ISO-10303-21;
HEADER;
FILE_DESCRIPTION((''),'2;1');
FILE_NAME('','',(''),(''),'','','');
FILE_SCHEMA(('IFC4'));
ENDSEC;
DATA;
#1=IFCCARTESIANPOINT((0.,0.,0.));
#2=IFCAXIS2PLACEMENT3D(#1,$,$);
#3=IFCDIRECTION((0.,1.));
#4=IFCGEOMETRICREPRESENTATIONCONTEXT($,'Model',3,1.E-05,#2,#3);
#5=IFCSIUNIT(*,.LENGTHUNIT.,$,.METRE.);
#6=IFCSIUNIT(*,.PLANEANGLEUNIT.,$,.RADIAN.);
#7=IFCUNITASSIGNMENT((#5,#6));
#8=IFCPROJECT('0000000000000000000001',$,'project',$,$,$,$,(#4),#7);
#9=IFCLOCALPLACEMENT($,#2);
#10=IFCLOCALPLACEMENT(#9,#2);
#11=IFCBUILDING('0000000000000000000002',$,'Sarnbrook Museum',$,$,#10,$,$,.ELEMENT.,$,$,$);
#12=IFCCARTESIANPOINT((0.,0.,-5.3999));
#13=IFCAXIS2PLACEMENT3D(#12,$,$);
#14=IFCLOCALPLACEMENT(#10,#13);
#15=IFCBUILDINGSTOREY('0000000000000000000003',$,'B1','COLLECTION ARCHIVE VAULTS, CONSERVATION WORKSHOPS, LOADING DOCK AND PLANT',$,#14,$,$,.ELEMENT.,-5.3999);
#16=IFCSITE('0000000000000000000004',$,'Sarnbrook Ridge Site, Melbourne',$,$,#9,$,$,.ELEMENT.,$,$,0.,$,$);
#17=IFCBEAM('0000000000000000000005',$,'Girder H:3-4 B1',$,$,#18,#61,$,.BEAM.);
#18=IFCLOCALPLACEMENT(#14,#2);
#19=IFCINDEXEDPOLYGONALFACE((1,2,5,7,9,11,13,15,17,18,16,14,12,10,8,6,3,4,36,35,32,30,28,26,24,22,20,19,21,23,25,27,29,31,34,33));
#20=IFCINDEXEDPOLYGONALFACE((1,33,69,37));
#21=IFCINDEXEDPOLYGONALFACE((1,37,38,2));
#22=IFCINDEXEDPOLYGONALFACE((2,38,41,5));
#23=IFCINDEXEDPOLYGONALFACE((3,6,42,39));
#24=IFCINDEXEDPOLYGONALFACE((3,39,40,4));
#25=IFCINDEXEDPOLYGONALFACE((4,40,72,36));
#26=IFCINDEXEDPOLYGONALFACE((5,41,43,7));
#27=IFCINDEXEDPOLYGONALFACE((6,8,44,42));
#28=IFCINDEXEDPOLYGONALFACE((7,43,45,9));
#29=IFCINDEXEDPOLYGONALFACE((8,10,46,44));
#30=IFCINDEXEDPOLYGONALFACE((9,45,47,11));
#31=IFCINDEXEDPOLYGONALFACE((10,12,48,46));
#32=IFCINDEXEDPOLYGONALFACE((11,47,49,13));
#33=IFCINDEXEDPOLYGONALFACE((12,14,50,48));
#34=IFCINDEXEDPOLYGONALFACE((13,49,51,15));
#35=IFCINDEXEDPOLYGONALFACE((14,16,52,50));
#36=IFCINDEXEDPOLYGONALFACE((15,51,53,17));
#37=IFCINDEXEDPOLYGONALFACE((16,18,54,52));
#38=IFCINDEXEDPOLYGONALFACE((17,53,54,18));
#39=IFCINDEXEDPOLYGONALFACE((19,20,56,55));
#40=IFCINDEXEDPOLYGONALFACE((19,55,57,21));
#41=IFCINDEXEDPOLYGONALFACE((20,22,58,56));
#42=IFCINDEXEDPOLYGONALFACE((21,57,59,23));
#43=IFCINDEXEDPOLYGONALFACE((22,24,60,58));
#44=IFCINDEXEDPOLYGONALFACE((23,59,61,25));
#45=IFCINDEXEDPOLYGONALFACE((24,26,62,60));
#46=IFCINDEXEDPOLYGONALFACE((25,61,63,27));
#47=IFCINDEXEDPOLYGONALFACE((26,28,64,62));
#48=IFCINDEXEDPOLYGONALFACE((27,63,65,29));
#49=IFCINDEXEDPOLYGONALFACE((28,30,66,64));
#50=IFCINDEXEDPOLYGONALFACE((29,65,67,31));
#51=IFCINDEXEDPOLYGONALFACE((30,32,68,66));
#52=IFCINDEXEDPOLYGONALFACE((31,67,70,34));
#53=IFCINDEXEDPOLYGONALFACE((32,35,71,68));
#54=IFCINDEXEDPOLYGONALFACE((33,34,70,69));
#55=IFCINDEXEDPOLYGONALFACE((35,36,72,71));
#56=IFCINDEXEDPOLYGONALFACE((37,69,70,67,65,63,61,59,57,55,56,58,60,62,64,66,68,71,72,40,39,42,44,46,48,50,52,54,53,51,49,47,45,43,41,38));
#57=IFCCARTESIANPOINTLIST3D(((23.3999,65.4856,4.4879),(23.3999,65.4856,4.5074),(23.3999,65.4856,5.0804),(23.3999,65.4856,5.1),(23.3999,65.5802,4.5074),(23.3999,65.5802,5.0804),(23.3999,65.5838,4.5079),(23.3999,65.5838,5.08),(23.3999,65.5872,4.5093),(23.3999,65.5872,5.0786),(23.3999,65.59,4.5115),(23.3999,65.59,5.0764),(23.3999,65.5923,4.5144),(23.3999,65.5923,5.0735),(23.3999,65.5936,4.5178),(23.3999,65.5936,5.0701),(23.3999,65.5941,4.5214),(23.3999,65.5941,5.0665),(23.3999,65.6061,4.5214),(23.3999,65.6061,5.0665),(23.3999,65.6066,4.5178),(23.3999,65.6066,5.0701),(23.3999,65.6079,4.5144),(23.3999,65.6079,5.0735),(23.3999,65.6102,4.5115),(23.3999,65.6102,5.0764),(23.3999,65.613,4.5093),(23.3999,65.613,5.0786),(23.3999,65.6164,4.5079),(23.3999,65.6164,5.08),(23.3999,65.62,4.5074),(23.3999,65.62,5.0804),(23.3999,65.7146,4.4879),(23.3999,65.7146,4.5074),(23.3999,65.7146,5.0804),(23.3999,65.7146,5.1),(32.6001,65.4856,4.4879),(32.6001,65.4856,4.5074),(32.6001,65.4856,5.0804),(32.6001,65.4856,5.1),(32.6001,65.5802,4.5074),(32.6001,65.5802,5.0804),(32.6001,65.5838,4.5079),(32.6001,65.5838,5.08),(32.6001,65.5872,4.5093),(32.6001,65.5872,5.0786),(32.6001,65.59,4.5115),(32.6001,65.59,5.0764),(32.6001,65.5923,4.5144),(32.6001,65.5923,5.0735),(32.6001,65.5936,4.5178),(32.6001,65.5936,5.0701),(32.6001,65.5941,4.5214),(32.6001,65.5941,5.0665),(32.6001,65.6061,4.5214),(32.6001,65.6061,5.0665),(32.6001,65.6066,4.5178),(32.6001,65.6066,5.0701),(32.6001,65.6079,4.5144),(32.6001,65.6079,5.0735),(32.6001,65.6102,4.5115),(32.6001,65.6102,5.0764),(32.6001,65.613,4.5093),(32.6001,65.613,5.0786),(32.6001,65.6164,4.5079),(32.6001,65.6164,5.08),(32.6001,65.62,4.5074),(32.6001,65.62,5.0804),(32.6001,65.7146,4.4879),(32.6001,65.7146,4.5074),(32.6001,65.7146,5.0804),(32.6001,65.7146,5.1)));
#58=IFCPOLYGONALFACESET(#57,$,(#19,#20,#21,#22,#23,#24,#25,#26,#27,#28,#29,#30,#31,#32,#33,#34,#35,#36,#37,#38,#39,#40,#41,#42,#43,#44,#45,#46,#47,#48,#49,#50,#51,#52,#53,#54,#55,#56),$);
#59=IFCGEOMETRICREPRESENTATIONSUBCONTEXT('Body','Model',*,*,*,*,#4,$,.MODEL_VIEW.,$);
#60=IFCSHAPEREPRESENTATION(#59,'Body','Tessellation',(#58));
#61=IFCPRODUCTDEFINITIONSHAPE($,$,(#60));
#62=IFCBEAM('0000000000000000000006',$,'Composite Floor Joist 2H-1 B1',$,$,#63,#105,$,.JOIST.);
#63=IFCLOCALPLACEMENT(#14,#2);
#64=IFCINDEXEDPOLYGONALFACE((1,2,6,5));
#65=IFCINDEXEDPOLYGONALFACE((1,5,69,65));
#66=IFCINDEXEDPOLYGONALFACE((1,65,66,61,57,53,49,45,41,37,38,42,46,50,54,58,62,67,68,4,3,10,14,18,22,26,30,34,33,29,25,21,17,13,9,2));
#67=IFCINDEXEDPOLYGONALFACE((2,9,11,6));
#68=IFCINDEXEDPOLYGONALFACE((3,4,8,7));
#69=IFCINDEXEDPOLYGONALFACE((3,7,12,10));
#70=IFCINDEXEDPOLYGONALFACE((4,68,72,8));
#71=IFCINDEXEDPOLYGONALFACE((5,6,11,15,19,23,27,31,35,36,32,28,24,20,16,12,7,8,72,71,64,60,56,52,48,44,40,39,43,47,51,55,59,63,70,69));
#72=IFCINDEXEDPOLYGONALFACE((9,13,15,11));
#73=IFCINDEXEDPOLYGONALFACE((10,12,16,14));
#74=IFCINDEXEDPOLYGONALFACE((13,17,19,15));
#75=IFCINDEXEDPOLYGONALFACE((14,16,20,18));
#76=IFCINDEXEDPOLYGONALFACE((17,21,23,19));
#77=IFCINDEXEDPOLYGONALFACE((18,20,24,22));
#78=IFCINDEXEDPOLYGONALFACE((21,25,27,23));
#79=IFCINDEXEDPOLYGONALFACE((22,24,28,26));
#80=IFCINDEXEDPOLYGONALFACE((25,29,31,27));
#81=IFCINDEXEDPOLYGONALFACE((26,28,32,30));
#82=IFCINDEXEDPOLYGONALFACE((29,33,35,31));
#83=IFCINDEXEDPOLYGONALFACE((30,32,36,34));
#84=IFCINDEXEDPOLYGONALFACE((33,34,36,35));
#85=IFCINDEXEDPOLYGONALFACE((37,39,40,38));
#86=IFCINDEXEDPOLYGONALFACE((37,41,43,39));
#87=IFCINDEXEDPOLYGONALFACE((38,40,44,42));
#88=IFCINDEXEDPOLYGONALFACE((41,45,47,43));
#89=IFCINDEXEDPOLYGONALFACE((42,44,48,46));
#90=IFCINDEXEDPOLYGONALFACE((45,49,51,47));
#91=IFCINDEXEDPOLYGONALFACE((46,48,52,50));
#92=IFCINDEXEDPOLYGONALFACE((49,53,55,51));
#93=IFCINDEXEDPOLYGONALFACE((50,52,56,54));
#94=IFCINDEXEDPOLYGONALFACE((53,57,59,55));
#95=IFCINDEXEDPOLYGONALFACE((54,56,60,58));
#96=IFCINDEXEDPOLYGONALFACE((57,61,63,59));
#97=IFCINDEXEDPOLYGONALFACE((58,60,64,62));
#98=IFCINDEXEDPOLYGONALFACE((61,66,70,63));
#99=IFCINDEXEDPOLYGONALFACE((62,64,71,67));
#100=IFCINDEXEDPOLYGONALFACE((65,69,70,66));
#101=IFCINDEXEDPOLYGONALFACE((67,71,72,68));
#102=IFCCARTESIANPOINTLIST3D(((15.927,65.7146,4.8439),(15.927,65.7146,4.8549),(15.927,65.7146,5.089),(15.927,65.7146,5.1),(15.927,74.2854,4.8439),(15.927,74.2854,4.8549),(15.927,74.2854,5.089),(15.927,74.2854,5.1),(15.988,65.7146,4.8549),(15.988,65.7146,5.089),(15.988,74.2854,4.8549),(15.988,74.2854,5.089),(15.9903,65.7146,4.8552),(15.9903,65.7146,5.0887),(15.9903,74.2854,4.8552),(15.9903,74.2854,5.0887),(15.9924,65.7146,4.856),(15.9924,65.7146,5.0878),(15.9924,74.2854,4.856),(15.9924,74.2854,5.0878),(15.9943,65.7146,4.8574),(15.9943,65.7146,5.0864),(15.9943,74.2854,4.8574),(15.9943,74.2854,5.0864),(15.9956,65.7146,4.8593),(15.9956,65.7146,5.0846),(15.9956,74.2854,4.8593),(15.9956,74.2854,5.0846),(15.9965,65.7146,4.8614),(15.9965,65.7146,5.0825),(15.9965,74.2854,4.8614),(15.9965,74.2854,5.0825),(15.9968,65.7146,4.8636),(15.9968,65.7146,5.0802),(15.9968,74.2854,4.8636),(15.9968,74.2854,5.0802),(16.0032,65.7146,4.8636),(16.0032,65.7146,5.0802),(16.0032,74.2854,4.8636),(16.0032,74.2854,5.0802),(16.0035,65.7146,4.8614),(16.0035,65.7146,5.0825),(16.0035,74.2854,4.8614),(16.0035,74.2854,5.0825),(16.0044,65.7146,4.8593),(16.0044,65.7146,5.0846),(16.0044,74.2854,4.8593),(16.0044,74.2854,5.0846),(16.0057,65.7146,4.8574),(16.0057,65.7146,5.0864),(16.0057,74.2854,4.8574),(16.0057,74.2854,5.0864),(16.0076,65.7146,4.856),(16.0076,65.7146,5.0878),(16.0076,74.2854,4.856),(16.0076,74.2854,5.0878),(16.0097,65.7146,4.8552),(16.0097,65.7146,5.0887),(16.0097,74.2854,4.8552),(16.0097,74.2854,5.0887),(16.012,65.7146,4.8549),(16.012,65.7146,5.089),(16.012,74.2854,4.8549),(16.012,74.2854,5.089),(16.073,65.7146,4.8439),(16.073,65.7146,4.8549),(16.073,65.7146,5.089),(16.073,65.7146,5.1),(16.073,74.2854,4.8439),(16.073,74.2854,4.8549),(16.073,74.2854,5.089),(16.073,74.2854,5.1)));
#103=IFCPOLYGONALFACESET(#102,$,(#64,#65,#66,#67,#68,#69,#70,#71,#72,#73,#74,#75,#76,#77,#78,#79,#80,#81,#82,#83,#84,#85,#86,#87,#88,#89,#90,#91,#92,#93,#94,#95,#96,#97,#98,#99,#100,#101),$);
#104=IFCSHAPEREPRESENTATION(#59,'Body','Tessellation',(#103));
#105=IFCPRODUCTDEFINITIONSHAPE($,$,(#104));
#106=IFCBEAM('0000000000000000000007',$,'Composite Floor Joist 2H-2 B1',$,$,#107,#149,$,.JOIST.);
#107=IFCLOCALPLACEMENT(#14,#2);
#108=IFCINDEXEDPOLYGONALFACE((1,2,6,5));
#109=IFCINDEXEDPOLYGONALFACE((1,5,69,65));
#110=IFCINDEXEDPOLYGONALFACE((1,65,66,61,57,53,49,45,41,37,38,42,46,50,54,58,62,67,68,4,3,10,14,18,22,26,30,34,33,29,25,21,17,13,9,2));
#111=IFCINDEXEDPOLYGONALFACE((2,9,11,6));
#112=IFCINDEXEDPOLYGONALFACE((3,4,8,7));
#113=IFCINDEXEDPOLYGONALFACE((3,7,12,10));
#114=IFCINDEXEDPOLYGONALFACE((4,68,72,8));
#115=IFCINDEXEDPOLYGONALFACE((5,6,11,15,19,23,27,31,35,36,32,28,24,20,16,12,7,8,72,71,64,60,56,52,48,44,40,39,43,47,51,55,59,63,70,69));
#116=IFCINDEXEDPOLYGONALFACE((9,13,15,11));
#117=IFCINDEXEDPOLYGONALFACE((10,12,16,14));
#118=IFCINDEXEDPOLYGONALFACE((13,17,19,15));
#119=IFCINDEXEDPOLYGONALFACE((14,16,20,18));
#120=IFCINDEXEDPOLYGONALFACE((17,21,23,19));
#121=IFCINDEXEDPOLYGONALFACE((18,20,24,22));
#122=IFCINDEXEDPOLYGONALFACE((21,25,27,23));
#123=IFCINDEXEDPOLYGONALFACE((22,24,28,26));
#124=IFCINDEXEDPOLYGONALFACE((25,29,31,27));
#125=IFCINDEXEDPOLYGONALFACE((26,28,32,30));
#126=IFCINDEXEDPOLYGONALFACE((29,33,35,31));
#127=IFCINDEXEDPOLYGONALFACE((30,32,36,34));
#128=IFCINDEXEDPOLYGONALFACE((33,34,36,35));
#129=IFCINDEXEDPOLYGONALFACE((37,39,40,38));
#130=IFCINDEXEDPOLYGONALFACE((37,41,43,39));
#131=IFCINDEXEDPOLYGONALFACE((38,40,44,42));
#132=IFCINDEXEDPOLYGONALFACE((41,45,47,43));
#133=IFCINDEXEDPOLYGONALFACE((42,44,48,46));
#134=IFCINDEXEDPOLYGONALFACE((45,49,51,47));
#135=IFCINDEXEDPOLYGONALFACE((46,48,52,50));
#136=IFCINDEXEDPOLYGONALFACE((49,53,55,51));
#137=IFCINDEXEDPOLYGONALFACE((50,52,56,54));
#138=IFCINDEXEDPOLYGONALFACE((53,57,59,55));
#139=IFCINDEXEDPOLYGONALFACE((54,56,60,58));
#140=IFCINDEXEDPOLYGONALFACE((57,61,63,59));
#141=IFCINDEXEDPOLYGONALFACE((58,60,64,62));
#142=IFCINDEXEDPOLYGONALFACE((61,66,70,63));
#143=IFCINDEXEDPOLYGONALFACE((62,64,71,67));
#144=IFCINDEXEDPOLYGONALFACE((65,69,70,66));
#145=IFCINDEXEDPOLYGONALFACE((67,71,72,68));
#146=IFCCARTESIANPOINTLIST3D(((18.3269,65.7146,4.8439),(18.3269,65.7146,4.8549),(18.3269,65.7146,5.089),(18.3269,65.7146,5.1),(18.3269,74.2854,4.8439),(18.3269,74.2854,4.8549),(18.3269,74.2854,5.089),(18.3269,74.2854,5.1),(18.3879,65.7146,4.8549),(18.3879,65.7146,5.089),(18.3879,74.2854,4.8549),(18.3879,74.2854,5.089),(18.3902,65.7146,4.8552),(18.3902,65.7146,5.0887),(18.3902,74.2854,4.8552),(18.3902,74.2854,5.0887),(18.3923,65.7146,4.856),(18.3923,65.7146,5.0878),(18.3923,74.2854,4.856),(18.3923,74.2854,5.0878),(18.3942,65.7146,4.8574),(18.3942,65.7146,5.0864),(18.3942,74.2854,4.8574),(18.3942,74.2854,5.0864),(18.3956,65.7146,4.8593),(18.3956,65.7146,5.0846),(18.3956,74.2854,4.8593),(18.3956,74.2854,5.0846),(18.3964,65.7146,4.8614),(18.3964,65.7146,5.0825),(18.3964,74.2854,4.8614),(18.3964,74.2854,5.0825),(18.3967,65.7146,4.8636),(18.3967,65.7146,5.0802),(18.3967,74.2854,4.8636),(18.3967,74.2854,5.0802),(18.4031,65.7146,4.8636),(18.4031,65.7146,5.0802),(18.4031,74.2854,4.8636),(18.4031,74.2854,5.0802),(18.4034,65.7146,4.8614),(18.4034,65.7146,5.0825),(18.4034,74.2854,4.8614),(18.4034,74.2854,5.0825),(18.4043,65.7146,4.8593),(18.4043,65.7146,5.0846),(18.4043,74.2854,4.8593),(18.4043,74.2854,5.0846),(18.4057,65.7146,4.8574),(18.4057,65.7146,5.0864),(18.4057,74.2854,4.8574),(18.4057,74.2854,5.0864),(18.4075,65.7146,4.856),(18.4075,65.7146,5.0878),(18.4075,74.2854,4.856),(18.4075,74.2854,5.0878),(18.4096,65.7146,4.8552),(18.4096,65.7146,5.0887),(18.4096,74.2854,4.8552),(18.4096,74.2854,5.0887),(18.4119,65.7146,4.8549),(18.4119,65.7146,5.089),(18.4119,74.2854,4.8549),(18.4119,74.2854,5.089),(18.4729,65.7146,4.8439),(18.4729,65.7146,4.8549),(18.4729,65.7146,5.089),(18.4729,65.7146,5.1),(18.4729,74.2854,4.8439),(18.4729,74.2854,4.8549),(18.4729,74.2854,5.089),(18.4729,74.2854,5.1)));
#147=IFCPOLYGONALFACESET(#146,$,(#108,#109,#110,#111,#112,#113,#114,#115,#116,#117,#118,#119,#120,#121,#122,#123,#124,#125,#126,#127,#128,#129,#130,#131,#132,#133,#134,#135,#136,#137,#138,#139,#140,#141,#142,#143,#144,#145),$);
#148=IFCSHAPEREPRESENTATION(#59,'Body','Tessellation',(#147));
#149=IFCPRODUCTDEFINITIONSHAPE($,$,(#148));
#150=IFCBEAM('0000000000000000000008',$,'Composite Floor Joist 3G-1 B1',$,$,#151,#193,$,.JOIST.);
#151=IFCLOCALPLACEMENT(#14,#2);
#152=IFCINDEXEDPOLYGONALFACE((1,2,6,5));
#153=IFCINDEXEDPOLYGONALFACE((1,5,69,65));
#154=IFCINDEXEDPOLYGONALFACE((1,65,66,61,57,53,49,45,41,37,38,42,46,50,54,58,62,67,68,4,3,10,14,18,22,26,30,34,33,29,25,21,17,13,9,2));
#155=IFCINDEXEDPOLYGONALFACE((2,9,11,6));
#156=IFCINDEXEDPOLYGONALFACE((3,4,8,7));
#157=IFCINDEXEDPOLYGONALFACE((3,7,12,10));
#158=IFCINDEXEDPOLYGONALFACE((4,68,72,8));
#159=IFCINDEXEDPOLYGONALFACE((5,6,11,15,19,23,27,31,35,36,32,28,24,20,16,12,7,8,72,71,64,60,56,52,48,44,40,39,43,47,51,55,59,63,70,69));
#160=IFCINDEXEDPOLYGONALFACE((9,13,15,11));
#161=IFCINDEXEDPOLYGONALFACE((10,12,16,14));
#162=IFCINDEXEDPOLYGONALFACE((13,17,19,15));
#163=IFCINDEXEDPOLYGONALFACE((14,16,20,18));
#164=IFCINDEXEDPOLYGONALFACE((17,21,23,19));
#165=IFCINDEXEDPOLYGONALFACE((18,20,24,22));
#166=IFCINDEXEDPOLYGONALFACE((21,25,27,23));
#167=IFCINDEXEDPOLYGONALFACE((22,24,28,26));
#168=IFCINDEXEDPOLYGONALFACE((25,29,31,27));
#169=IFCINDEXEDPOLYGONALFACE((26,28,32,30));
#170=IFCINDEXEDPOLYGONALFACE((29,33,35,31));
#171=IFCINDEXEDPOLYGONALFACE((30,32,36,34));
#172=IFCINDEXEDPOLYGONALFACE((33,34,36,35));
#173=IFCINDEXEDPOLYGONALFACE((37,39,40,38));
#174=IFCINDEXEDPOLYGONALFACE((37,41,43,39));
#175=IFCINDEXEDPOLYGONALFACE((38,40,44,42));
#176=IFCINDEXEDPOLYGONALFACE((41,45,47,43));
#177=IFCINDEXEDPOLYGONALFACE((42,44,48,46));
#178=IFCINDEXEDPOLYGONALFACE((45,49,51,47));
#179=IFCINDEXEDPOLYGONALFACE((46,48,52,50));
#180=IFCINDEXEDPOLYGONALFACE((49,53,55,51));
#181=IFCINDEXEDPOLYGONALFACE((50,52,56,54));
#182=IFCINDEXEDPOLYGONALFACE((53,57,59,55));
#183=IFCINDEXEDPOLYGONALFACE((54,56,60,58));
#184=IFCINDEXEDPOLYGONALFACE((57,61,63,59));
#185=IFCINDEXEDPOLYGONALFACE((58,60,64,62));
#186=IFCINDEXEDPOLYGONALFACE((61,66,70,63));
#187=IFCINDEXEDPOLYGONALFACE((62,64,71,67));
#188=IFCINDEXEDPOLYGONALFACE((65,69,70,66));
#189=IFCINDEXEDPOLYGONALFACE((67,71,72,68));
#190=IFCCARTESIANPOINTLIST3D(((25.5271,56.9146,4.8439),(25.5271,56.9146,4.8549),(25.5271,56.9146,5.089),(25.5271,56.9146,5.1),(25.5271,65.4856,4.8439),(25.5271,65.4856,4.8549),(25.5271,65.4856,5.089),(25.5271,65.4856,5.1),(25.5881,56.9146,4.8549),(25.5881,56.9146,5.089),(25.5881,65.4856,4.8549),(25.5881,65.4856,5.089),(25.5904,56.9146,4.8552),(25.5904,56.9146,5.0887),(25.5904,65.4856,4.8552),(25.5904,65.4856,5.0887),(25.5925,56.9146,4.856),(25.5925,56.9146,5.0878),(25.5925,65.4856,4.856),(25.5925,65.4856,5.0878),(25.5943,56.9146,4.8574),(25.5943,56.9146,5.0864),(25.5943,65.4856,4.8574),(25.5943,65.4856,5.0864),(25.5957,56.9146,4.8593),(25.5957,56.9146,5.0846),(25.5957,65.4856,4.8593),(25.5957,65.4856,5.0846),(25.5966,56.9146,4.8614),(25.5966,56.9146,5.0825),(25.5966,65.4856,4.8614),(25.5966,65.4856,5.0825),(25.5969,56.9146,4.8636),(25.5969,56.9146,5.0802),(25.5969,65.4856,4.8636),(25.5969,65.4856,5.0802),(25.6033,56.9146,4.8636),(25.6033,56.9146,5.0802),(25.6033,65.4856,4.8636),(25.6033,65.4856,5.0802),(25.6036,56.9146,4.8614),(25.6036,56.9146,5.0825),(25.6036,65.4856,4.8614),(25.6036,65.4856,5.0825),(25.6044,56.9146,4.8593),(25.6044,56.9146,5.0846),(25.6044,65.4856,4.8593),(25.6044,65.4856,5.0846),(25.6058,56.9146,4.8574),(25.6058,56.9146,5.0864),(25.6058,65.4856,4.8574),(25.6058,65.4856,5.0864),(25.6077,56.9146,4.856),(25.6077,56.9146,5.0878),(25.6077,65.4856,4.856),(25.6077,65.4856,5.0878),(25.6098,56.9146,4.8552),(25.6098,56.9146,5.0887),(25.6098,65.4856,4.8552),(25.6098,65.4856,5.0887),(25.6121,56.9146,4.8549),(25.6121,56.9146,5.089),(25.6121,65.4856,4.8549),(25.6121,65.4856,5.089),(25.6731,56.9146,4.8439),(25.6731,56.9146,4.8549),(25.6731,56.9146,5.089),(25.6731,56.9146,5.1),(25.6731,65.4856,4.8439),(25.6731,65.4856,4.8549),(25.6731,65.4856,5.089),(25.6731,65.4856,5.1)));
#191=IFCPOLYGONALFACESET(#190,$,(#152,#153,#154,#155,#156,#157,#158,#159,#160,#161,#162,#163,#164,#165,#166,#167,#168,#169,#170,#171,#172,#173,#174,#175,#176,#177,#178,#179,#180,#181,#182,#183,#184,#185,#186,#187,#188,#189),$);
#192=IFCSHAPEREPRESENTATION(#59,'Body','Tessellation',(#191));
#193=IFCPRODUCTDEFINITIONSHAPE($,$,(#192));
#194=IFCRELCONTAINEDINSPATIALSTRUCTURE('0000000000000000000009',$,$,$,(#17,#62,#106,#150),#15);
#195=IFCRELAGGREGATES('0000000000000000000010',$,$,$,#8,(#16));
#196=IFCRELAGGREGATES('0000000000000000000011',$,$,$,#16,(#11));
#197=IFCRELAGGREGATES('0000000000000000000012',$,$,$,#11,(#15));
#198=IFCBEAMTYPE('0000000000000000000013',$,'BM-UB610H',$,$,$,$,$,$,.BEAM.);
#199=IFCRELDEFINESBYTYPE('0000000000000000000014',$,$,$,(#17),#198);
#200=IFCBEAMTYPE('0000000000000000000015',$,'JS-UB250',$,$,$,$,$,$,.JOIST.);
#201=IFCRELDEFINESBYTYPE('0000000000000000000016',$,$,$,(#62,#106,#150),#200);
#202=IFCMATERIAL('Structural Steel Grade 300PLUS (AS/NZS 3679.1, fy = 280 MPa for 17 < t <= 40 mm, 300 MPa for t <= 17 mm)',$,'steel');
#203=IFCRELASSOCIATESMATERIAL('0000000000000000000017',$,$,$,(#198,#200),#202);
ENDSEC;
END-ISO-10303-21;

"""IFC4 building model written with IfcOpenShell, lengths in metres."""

from ifc_helpers import new_model, si_unit, direction, frame, origin, origin_2d, place, context, subcontext, project, spatial, i_section, extrude, material, material_profile, profile_set, type_object, element, save


model = new_model("IFC4")

# Units and contexts
model_context = context("Model", 3, precision=1e-05, world=origin(), true_north=direction((0.0, 1.0)))
body_context = subcontext(model_context, "Body", "Model", "MODEL_VIEW")
ifc_project = project(units=[si_unit("LENGTHUNIT", "METRE"), si_unit("PLANEANGLEUNIT", "RADIAN")], contexts=[model_context])

# Site, building, storey
site_placement = place(None, origin())
site = spatial("IfcSite", under=ifc_project, at=site_placement, Name="Sarnbrook Ridge Site, Melbourne", CompositionType="ELEMENT", RefElevation=0.0)
building_placement = place(site_placement, origin())
building = spatial("IfcBuilding", under=site, at=building_placement, Name="Sarnbrook Museum", CompositionType="ELEMENT")
storey_placement = place(building_placement, frame((0.0, 0.0, -5.3999)))
storey = spatial("IfcBuildingStorey", under=building, at=storey_placement, Name="B1", Description="COLLECTION ARCHIVE VAULTS, CONSERVATION WORKSHOPS, LOADING DOCK AND PLANT", CompositionType="ELEMENT", Elevation=-5.3999)

# Beams
ifc_material_1 = material(Name="Structural Steel Grade 300PLUS (AS/NZS 3679.1, fy = 280 MPa for 17 < t <= 40 mm, 300 MPa for t <= 17 mm)", Category="steel")
ifc_material_profile_1 = material_profile(ifc_material_1, i_section(OverallWidth=0.229, OverallDepth=0.6121, WebThickness=0.012, FlangeThickness=0.0195, FilletRadius=0.0139, at=origin_2d()), Name="610UB125")
ifc_profile_set_1 = profile_set([ifc_material_profile_1], Name="Structural Steel Grade 300PLUS (AS/NZS 3679.1, fy = 280 MPa for 17 < t <= 40 mm, 300 MPa for t <= 17 mm)")
beam_type_1 = type_object("IfcBeamType", Name="BM-UB610H", PredefinedType="BEAM", material=ifc_profile_set_1)
beam_1_placement = place(storey_placement, frame((23.3999, 65.6001, 4.7939), z_axis=(1.0, 0.0, 0.0), x_axis=(0.0, 1.0, 0.0)))
element("IfcBeam", 1, at=beam_1_placement, inside=storey, type_object=beam_type_1, Name="Girder H:3-4 B1", PredefinedType="BEAM", context=body_context, shape_type="SweptSolid", body=[
    extrude(i_section(OverallWidth=0.229, OverallDepth=0.6121, WebThickness=0.012, FlangeThickness=0.0195, FilletRadius=0.0139, at=origin_2d()), origin(), (0.0, 0.0, 1.0), 9.2002),
])
ifc_material_profile_2 = material_profile(ifc_material_1, i_section(OverallWidth=0.146, OverallDepth=0.2561, WebThickness=0.0063, FlangeThickness=0.011, FilletRadius=0.0088, at=origin_2d()), Name="250UB37.3")
ifc_profile_set_2 = profile_set([ifc_material_profile_2], Name="Structural Steel Grade 300PLUS (AS/NZS 3679.1, fy = 280 MPa for 17 < t <= 40 mm, 300 MPa for t <= 17 mm)")
beam_type_2 = type_object("IfcBeamType", Name="JS-UB250", PredefinedType="JOIST", material=ifc_profile_set_2)
for number, where, z_axis, x_axis, name in (
    (2, (16.0, 65.7146, 4.9719), (0.0, 1.0, 0.0), (-1.0, 0.0, 0.0), "Composite Floor Joist 2H-1 B1"),
    (3, (18.3999, 65.7146, 4.9719), (0.0, 1.0, 0.0), (-1.0, 0.0, 0.0), "Composite Floor Joist 2H-2 B1"),
):
    element("IfcBeam", number, at=place(storey_placement, frame(where, z_axis=z_axis, x_axis=x_axis)), inside=storey, type_object=beam_type_2, Name=name, PredefinedType="JOIST", context=body_context, shape_type="SweptSolid", body=[
        extrude(i_section(OverallWidth=0.146, OverallDepth=0.2561, WebThickness=0.0063, FlangeThickness=0.011, FilletRadius=0.0088, at=origin_2d()), origin(), (0.0, 0.0, 1.0), 8.5708),
    ])
for number, where, z_axis, x_axis, name in (
    (4, (25.6001, 56.9146, 4.9719), (0.0, 1.0, 0.0), (-1.0, 0.0, 0.0), "Composite Floor Joist 3G-1 B1"),
):
    element("IfcBeam", number, at=place(storey_placement, frame(where, z_axis=z_axis, x_axis=x_axis)), inside=storey, type_object=beam_type_2, Name=name, PredefinedType="JOIST", context=body_context, shape_type="SweptSolid", body=[
        extrude(i_section(OverallWidth=0.146, OverallDepth=0.2561, WebThickness=0.0063, FlangeThickness=0.011, FilletRadius=0.0088, at=origin_2d()), origin(), (0.0, 0.0, 1.0), 8.571),
    ])

save(model, "model.ifc")
